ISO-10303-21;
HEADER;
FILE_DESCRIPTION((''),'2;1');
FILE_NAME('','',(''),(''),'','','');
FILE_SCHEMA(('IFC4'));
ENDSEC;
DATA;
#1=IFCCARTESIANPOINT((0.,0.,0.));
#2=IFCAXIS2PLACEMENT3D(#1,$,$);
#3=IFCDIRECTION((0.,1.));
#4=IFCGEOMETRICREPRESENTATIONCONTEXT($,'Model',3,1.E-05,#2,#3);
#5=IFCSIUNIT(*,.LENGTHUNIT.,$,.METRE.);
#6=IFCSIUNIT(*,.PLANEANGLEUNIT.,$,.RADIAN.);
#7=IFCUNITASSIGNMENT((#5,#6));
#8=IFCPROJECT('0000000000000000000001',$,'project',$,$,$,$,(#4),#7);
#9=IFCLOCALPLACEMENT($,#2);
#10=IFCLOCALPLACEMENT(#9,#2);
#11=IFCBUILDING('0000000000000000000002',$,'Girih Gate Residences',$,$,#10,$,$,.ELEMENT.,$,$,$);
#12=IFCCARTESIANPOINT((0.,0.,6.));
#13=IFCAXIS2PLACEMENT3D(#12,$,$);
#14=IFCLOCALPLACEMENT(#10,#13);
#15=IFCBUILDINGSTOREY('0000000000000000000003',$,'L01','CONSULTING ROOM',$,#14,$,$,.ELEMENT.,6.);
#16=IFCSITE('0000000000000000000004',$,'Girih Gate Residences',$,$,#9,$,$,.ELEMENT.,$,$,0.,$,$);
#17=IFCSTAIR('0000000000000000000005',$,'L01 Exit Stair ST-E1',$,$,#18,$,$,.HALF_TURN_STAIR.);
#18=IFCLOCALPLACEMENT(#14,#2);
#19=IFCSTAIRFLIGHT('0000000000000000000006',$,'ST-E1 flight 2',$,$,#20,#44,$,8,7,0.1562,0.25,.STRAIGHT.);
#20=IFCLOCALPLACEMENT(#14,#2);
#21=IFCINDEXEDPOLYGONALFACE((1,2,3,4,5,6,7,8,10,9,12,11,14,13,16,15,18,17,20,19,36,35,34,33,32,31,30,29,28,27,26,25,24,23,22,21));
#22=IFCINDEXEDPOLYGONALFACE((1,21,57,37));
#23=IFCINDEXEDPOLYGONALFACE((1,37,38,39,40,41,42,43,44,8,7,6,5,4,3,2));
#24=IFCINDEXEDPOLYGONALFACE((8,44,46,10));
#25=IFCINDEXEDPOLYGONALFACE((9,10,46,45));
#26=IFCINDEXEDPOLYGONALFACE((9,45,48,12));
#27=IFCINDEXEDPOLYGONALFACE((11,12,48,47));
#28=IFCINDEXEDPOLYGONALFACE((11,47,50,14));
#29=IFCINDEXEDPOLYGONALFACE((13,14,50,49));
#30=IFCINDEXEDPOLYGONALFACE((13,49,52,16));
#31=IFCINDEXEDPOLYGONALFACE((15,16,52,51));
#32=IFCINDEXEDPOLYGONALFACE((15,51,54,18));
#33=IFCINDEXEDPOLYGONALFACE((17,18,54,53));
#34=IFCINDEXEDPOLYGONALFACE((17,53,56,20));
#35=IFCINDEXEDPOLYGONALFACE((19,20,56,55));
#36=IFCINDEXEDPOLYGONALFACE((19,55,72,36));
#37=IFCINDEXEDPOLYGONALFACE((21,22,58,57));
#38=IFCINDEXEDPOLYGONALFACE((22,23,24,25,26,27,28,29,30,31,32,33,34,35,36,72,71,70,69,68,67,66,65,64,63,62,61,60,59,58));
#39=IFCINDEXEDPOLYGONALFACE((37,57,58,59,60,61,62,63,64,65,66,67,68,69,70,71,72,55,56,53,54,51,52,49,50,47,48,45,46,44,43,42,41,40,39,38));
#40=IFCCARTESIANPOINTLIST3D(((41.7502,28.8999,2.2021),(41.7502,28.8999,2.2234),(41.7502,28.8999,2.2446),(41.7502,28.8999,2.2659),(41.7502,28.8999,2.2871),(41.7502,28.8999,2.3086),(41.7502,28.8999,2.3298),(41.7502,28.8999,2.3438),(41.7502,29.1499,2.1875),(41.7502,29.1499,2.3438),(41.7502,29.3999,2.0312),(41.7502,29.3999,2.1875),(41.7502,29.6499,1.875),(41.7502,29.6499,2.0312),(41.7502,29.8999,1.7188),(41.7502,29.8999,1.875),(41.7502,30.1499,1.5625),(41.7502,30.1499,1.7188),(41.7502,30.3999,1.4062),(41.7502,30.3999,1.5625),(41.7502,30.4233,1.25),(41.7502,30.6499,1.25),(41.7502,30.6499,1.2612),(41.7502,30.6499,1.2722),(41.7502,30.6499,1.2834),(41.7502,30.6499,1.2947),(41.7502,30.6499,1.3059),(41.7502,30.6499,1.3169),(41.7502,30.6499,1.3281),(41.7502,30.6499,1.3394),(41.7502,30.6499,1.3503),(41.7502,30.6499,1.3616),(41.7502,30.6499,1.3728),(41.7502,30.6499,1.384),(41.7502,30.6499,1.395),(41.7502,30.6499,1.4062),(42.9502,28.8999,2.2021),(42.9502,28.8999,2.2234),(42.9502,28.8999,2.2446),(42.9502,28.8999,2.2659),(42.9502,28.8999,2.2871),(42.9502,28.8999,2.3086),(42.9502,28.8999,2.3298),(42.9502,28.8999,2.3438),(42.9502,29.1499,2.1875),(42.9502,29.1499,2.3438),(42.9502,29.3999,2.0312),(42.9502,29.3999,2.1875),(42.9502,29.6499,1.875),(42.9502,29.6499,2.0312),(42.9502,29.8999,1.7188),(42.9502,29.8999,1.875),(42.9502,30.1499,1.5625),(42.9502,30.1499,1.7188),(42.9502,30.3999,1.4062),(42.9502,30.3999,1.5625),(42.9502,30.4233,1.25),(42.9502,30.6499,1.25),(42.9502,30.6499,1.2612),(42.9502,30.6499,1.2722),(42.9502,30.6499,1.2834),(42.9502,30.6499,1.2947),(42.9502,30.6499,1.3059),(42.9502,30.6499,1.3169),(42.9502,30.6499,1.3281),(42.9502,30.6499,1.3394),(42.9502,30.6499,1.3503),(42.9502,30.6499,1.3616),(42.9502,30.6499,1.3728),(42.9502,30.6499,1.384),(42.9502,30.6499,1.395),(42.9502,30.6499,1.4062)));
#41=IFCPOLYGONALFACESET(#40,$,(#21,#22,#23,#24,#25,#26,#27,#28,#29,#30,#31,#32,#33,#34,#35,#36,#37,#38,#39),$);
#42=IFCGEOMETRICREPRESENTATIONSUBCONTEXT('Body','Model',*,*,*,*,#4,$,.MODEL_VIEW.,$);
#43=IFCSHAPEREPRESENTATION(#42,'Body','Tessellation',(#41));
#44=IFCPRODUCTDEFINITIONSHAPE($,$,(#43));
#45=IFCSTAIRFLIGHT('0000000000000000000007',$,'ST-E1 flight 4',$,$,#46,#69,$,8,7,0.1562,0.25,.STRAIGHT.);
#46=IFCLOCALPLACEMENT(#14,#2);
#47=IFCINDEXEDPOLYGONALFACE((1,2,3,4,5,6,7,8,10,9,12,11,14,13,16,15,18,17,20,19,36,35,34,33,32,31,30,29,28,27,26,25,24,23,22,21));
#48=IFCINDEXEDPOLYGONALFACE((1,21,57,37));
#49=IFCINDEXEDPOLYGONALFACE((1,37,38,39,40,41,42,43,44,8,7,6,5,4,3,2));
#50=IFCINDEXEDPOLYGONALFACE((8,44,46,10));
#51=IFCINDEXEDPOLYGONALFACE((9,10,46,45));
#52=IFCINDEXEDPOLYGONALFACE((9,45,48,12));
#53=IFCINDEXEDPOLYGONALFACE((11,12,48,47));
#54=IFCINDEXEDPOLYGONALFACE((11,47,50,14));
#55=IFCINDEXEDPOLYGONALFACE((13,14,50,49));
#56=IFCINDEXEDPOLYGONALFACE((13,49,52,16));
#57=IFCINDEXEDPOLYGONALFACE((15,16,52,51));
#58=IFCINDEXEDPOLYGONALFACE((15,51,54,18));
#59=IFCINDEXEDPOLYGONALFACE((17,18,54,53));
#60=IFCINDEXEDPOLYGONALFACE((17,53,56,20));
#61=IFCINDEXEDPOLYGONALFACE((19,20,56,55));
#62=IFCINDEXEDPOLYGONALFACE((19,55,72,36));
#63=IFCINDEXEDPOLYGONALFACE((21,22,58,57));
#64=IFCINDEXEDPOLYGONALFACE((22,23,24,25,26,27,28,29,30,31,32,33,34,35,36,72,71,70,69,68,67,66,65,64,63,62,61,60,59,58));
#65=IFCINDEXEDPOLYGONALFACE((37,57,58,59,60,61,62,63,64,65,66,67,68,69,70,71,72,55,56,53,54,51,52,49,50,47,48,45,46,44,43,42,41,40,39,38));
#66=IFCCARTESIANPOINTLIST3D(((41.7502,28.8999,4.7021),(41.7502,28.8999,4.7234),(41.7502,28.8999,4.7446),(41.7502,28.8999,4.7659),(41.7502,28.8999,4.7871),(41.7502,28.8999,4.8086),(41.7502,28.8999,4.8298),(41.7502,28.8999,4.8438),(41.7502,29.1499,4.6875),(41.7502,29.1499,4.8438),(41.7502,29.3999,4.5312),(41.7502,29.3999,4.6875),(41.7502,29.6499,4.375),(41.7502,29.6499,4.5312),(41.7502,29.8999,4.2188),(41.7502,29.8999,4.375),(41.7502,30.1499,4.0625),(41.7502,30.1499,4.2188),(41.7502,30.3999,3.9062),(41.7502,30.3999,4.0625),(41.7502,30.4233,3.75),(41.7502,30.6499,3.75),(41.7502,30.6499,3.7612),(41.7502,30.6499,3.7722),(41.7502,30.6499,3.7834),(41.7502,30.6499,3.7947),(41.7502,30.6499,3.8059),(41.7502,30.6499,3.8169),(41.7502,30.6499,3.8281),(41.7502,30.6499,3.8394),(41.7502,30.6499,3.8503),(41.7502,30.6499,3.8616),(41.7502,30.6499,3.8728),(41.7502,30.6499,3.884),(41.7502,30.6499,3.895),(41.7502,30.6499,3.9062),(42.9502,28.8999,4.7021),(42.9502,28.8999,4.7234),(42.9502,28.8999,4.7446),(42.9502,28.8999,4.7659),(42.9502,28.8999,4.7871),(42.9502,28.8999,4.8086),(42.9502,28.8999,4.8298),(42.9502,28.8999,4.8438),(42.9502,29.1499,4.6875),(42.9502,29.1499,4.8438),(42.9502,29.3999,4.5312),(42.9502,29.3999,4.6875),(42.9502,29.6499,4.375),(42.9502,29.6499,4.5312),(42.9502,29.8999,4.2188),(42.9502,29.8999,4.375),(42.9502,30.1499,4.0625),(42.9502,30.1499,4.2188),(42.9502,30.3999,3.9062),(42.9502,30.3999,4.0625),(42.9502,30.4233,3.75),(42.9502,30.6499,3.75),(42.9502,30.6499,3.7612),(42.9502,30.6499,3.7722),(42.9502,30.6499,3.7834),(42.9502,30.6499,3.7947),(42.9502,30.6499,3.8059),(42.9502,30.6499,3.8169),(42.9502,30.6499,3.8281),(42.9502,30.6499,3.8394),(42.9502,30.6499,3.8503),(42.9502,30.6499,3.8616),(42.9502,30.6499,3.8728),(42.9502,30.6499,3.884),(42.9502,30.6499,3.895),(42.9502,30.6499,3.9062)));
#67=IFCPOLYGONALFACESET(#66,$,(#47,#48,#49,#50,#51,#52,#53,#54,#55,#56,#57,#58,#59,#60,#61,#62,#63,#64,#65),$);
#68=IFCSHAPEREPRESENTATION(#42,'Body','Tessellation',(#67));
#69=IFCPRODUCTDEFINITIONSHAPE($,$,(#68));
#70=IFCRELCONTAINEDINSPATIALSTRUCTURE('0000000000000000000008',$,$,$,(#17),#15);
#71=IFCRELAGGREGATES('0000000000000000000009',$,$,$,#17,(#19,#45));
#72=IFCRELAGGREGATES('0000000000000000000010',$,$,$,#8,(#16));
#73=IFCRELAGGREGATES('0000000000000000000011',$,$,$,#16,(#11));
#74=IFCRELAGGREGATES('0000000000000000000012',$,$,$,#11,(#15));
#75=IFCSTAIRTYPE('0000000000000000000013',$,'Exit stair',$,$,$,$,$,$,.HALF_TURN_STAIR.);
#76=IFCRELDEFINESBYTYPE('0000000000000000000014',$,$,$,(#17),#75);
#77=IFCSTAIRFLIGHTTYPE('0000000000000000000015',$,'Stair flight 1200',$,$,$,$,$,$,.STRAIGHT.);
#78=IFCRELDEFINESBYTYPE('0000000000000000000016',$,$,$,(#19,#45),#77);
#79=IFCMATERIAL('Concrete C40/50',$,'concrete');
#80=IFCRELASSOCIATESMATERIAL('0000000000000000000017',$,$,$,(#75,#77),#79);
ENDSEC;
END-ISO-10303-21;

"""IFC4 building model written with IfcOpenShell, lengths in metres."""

from ifc_helpers import new_model, si_unit, direction, frame, origin, place, context, subcontext, project, spatial, polyline, outline, extrude, material, type_object, element, aggregate, save


model = new_model("IFC4")

# Units and contexts
model_context = context("Model", 3, precision=1e-05, world=origin(), true_north=direction((0.0, 1.0)))
body_context = subcontext(model_context, "Body", "Model", "MODEL_VIEW")
ifc_project = project(units=[si_unit("LENGTHUNIT", "METRE"), si_unit("PLANEANGLEUNIT", "RADIAN")], contexts=[model_context])

# Site, building, storey
site_placement = place(None, origin())
site = spatial("IfcSite", under=ifc_project, at=site_placement, Name="Girih Gate Residences", CompositionType="ELEMENT", RefElevation=0.0)
building_placement = place(site_placement, origin())
building = spatial("IfcBuilding", under=site, at=building_placement, Name="Girih Gate Residences", CompositionType="ELEMENT")
storey_placement = place(building_placement, frame((0.0, 0.0, 6.0)))
storey = spatial("IfcBuildingStorey", under=building, at=storey_placement, Name="L01", Description="CONSULTING ROOM", CompositionType="ELEMENT", Elevation=6.0)

# Shared definitions
ifc_material_1 = material(Name="Concrete C40/50", Category="concrete")

# Stair, stair flights
stair_type = type_object("IfcStairType", Name="Exit stair", PredefinedType="HALF_TURN_STAIR", material=ifc_material_1)
stair_placement = place(storey_placement, origin())
stair = element("IfcStair", 1, at=stair_placement, inside=storey, type_object=stair_type, Name="L01 Exit Stair ST-E1", PredefinedType="HALF_TURN_STAIR")
stair_flight_type = type_object("IfcStairFlightType", Name="Stair flight 1200", PredefinedType="STRAIGHT", material=ifc_material_1)
stair_flight_1_placement = place(storey_placement, frame((42.3501, 30.6499, 1.25), z_axis=(0.0, 0.0, 1.0), x_axis=(0.0, -1.0, 0.0)))
stair_flight_1 = element("IfcStairFlight", 2, at=stair_flight_1_placement, type_object=stair_flight_type, Name="ST-E1 flight 2", NumberOfRisers=8, NumberOfTreads=7, PredefinedType="STRAIGHT", RiserHeight=0.1562, TreadLength=0.25, context=body_context, shape_type="SweptSolid", body=[
    extrude(outline(polyline([(0.0, 0.0), (0.0, 0.0112), (0.0, 0.0222), (0.0, 0.0334), (0.0, 0.0447), (0.0, 0.0559), (0.0, 0.0669), (0.0, 0.0781), (0.0, 0.0894), (0.0, 0.1003), (0.0, 0.1116), (0.0, 0.1228), (0.0, 0.134), (0.0, 0.145), (0.0, 0.1562), (0.25, 0.1562), (0.25, 0.3125), (0.5, 0.3125), (0.5, 0.4688), (0.75, 0.4688), (0.75, 0.625), (1.0, 0.625), (1.0, 0.7812), (1.25, 0.7812), (1.25, 0.9375), (1.5, 0.9375), (1.5, 1.0938), (1.75, 1.0938), (1.75, 1.105), (1.75, 1.116), (1.75, 1.1272), (1.75, 1.1384), (1.75, 1.1497), (1.75, 1.1606), (1.75, 1.1719), (1.75, 1.1831), (1.75, 1.1941), (1.75, 1.2053), (1.75, 1.2166), (1.75, 1.2278), (1.75, 1.2388), (1.75, 1.25), (1.75, 1.2288), (1.75, 1.2075), (1.75, 1.1863), (1.75, 1.1648), (1.75, 1.1436), (1.75, 1.1223), (1.75, 1.1011), (1.75, 1.0798), (1.75, 1.0586), (1.75, 1.0371), (1.75, 1.0159), (1.75, 0.9946), (1.75, 0.9734), (1.75, 0.9521), (0.2266, 0.0), (0.0, 0.0)])), frame((0.0, 0.6001, 0.0), z_axis=(0.0, -1.0, 0.0), x_axis=(1.0, 0.0, 0.0)), (0.0, 0.0, 1.0), 1.2),
])
stair_flight_2_placement = place(storey_placement, frame((42.3501, 30.6499, 3.75), z_axis=(0.0, 0.0, 1.0), x_axis=(0.0, -1.0, 0.0)))
stair_flight_2 = element("IfcStairFlight", 3, at=stair_flight_2_placement, type_object=stair_flight_type, Name="ST-E1 flight 4", NumberOfRisers=8, NumberOfTreads=7, PredefinedType="STRAIGHT", RiserHeight=0.1562, TreadLength=0.25, context=body_context, shape_type="SweptSolid", body=[
    extrude(outline(polyline([(0.0, 0.0), (0.0, 0.0112), (0.0, 0.0222), (0.0, 0.0334), (0.0, 0.0447), (0.0, 0.0559), (0.0, 0.0669), (0.0, 0.0781), (0.0, 0.0894), (0.0, 0.1003), (0.0, 0.1116), (0.0, 0.1228), (0.0, 0.134), (0.0, 0.145), (0.0, 0.1562), (0.25, 0.1562), (0.25, 0.3125), (0.5, 0.3125), (0.5, 0.4688), (0.75, 0.4688), (0.75, 0.625), (1.0, 0.625), (1.0, 0.7812), (1.25, 0.7812), (1.25, 0.9375), (1.5, 0.9375), (1.5, 1.0938), (1.75, 1.0938), (1.75, 1.105), (1.75, 1.116), (1.75, 1.1272), (1.75, 1.1384), (1.75, 1.1497), (1.75, 1.1606), (1.75, 1.1719), (1.75, 1.1831), (1.75, 1.1941), (1.75, 1.2053), (1.75, 1.2166), (1.75, 1.2278), (1.75, 1.2388), (1.75, 1.25), (1.75, 1.2288), (1.75, 1.2075), (1.75, 1.1863), (1.75, 1.1648), (1.75, 1.1436), (1.75, 1.1223), (1.75, 1.1011), (1.75, 1.0798), (1.75, 1.0586), (1.75, 1.0371), (1.75, 1.0159), (1.75, 0.9946), (1.75, 0.9734), (1.75, 0.9521), (0.2266, 0.0), (0.0, 0.0)])), frame((0.0, 0.6001, 0.0), z_axis=(0.0, -1.0, 0.0), x_axis=(1.0, 0.0, 0.0)), (0.0, 0.0, 1.0), 1.2),
])
aggregate(stair, [stair_flight_1, stair_flight_2])

save(model, "model.ifc")
